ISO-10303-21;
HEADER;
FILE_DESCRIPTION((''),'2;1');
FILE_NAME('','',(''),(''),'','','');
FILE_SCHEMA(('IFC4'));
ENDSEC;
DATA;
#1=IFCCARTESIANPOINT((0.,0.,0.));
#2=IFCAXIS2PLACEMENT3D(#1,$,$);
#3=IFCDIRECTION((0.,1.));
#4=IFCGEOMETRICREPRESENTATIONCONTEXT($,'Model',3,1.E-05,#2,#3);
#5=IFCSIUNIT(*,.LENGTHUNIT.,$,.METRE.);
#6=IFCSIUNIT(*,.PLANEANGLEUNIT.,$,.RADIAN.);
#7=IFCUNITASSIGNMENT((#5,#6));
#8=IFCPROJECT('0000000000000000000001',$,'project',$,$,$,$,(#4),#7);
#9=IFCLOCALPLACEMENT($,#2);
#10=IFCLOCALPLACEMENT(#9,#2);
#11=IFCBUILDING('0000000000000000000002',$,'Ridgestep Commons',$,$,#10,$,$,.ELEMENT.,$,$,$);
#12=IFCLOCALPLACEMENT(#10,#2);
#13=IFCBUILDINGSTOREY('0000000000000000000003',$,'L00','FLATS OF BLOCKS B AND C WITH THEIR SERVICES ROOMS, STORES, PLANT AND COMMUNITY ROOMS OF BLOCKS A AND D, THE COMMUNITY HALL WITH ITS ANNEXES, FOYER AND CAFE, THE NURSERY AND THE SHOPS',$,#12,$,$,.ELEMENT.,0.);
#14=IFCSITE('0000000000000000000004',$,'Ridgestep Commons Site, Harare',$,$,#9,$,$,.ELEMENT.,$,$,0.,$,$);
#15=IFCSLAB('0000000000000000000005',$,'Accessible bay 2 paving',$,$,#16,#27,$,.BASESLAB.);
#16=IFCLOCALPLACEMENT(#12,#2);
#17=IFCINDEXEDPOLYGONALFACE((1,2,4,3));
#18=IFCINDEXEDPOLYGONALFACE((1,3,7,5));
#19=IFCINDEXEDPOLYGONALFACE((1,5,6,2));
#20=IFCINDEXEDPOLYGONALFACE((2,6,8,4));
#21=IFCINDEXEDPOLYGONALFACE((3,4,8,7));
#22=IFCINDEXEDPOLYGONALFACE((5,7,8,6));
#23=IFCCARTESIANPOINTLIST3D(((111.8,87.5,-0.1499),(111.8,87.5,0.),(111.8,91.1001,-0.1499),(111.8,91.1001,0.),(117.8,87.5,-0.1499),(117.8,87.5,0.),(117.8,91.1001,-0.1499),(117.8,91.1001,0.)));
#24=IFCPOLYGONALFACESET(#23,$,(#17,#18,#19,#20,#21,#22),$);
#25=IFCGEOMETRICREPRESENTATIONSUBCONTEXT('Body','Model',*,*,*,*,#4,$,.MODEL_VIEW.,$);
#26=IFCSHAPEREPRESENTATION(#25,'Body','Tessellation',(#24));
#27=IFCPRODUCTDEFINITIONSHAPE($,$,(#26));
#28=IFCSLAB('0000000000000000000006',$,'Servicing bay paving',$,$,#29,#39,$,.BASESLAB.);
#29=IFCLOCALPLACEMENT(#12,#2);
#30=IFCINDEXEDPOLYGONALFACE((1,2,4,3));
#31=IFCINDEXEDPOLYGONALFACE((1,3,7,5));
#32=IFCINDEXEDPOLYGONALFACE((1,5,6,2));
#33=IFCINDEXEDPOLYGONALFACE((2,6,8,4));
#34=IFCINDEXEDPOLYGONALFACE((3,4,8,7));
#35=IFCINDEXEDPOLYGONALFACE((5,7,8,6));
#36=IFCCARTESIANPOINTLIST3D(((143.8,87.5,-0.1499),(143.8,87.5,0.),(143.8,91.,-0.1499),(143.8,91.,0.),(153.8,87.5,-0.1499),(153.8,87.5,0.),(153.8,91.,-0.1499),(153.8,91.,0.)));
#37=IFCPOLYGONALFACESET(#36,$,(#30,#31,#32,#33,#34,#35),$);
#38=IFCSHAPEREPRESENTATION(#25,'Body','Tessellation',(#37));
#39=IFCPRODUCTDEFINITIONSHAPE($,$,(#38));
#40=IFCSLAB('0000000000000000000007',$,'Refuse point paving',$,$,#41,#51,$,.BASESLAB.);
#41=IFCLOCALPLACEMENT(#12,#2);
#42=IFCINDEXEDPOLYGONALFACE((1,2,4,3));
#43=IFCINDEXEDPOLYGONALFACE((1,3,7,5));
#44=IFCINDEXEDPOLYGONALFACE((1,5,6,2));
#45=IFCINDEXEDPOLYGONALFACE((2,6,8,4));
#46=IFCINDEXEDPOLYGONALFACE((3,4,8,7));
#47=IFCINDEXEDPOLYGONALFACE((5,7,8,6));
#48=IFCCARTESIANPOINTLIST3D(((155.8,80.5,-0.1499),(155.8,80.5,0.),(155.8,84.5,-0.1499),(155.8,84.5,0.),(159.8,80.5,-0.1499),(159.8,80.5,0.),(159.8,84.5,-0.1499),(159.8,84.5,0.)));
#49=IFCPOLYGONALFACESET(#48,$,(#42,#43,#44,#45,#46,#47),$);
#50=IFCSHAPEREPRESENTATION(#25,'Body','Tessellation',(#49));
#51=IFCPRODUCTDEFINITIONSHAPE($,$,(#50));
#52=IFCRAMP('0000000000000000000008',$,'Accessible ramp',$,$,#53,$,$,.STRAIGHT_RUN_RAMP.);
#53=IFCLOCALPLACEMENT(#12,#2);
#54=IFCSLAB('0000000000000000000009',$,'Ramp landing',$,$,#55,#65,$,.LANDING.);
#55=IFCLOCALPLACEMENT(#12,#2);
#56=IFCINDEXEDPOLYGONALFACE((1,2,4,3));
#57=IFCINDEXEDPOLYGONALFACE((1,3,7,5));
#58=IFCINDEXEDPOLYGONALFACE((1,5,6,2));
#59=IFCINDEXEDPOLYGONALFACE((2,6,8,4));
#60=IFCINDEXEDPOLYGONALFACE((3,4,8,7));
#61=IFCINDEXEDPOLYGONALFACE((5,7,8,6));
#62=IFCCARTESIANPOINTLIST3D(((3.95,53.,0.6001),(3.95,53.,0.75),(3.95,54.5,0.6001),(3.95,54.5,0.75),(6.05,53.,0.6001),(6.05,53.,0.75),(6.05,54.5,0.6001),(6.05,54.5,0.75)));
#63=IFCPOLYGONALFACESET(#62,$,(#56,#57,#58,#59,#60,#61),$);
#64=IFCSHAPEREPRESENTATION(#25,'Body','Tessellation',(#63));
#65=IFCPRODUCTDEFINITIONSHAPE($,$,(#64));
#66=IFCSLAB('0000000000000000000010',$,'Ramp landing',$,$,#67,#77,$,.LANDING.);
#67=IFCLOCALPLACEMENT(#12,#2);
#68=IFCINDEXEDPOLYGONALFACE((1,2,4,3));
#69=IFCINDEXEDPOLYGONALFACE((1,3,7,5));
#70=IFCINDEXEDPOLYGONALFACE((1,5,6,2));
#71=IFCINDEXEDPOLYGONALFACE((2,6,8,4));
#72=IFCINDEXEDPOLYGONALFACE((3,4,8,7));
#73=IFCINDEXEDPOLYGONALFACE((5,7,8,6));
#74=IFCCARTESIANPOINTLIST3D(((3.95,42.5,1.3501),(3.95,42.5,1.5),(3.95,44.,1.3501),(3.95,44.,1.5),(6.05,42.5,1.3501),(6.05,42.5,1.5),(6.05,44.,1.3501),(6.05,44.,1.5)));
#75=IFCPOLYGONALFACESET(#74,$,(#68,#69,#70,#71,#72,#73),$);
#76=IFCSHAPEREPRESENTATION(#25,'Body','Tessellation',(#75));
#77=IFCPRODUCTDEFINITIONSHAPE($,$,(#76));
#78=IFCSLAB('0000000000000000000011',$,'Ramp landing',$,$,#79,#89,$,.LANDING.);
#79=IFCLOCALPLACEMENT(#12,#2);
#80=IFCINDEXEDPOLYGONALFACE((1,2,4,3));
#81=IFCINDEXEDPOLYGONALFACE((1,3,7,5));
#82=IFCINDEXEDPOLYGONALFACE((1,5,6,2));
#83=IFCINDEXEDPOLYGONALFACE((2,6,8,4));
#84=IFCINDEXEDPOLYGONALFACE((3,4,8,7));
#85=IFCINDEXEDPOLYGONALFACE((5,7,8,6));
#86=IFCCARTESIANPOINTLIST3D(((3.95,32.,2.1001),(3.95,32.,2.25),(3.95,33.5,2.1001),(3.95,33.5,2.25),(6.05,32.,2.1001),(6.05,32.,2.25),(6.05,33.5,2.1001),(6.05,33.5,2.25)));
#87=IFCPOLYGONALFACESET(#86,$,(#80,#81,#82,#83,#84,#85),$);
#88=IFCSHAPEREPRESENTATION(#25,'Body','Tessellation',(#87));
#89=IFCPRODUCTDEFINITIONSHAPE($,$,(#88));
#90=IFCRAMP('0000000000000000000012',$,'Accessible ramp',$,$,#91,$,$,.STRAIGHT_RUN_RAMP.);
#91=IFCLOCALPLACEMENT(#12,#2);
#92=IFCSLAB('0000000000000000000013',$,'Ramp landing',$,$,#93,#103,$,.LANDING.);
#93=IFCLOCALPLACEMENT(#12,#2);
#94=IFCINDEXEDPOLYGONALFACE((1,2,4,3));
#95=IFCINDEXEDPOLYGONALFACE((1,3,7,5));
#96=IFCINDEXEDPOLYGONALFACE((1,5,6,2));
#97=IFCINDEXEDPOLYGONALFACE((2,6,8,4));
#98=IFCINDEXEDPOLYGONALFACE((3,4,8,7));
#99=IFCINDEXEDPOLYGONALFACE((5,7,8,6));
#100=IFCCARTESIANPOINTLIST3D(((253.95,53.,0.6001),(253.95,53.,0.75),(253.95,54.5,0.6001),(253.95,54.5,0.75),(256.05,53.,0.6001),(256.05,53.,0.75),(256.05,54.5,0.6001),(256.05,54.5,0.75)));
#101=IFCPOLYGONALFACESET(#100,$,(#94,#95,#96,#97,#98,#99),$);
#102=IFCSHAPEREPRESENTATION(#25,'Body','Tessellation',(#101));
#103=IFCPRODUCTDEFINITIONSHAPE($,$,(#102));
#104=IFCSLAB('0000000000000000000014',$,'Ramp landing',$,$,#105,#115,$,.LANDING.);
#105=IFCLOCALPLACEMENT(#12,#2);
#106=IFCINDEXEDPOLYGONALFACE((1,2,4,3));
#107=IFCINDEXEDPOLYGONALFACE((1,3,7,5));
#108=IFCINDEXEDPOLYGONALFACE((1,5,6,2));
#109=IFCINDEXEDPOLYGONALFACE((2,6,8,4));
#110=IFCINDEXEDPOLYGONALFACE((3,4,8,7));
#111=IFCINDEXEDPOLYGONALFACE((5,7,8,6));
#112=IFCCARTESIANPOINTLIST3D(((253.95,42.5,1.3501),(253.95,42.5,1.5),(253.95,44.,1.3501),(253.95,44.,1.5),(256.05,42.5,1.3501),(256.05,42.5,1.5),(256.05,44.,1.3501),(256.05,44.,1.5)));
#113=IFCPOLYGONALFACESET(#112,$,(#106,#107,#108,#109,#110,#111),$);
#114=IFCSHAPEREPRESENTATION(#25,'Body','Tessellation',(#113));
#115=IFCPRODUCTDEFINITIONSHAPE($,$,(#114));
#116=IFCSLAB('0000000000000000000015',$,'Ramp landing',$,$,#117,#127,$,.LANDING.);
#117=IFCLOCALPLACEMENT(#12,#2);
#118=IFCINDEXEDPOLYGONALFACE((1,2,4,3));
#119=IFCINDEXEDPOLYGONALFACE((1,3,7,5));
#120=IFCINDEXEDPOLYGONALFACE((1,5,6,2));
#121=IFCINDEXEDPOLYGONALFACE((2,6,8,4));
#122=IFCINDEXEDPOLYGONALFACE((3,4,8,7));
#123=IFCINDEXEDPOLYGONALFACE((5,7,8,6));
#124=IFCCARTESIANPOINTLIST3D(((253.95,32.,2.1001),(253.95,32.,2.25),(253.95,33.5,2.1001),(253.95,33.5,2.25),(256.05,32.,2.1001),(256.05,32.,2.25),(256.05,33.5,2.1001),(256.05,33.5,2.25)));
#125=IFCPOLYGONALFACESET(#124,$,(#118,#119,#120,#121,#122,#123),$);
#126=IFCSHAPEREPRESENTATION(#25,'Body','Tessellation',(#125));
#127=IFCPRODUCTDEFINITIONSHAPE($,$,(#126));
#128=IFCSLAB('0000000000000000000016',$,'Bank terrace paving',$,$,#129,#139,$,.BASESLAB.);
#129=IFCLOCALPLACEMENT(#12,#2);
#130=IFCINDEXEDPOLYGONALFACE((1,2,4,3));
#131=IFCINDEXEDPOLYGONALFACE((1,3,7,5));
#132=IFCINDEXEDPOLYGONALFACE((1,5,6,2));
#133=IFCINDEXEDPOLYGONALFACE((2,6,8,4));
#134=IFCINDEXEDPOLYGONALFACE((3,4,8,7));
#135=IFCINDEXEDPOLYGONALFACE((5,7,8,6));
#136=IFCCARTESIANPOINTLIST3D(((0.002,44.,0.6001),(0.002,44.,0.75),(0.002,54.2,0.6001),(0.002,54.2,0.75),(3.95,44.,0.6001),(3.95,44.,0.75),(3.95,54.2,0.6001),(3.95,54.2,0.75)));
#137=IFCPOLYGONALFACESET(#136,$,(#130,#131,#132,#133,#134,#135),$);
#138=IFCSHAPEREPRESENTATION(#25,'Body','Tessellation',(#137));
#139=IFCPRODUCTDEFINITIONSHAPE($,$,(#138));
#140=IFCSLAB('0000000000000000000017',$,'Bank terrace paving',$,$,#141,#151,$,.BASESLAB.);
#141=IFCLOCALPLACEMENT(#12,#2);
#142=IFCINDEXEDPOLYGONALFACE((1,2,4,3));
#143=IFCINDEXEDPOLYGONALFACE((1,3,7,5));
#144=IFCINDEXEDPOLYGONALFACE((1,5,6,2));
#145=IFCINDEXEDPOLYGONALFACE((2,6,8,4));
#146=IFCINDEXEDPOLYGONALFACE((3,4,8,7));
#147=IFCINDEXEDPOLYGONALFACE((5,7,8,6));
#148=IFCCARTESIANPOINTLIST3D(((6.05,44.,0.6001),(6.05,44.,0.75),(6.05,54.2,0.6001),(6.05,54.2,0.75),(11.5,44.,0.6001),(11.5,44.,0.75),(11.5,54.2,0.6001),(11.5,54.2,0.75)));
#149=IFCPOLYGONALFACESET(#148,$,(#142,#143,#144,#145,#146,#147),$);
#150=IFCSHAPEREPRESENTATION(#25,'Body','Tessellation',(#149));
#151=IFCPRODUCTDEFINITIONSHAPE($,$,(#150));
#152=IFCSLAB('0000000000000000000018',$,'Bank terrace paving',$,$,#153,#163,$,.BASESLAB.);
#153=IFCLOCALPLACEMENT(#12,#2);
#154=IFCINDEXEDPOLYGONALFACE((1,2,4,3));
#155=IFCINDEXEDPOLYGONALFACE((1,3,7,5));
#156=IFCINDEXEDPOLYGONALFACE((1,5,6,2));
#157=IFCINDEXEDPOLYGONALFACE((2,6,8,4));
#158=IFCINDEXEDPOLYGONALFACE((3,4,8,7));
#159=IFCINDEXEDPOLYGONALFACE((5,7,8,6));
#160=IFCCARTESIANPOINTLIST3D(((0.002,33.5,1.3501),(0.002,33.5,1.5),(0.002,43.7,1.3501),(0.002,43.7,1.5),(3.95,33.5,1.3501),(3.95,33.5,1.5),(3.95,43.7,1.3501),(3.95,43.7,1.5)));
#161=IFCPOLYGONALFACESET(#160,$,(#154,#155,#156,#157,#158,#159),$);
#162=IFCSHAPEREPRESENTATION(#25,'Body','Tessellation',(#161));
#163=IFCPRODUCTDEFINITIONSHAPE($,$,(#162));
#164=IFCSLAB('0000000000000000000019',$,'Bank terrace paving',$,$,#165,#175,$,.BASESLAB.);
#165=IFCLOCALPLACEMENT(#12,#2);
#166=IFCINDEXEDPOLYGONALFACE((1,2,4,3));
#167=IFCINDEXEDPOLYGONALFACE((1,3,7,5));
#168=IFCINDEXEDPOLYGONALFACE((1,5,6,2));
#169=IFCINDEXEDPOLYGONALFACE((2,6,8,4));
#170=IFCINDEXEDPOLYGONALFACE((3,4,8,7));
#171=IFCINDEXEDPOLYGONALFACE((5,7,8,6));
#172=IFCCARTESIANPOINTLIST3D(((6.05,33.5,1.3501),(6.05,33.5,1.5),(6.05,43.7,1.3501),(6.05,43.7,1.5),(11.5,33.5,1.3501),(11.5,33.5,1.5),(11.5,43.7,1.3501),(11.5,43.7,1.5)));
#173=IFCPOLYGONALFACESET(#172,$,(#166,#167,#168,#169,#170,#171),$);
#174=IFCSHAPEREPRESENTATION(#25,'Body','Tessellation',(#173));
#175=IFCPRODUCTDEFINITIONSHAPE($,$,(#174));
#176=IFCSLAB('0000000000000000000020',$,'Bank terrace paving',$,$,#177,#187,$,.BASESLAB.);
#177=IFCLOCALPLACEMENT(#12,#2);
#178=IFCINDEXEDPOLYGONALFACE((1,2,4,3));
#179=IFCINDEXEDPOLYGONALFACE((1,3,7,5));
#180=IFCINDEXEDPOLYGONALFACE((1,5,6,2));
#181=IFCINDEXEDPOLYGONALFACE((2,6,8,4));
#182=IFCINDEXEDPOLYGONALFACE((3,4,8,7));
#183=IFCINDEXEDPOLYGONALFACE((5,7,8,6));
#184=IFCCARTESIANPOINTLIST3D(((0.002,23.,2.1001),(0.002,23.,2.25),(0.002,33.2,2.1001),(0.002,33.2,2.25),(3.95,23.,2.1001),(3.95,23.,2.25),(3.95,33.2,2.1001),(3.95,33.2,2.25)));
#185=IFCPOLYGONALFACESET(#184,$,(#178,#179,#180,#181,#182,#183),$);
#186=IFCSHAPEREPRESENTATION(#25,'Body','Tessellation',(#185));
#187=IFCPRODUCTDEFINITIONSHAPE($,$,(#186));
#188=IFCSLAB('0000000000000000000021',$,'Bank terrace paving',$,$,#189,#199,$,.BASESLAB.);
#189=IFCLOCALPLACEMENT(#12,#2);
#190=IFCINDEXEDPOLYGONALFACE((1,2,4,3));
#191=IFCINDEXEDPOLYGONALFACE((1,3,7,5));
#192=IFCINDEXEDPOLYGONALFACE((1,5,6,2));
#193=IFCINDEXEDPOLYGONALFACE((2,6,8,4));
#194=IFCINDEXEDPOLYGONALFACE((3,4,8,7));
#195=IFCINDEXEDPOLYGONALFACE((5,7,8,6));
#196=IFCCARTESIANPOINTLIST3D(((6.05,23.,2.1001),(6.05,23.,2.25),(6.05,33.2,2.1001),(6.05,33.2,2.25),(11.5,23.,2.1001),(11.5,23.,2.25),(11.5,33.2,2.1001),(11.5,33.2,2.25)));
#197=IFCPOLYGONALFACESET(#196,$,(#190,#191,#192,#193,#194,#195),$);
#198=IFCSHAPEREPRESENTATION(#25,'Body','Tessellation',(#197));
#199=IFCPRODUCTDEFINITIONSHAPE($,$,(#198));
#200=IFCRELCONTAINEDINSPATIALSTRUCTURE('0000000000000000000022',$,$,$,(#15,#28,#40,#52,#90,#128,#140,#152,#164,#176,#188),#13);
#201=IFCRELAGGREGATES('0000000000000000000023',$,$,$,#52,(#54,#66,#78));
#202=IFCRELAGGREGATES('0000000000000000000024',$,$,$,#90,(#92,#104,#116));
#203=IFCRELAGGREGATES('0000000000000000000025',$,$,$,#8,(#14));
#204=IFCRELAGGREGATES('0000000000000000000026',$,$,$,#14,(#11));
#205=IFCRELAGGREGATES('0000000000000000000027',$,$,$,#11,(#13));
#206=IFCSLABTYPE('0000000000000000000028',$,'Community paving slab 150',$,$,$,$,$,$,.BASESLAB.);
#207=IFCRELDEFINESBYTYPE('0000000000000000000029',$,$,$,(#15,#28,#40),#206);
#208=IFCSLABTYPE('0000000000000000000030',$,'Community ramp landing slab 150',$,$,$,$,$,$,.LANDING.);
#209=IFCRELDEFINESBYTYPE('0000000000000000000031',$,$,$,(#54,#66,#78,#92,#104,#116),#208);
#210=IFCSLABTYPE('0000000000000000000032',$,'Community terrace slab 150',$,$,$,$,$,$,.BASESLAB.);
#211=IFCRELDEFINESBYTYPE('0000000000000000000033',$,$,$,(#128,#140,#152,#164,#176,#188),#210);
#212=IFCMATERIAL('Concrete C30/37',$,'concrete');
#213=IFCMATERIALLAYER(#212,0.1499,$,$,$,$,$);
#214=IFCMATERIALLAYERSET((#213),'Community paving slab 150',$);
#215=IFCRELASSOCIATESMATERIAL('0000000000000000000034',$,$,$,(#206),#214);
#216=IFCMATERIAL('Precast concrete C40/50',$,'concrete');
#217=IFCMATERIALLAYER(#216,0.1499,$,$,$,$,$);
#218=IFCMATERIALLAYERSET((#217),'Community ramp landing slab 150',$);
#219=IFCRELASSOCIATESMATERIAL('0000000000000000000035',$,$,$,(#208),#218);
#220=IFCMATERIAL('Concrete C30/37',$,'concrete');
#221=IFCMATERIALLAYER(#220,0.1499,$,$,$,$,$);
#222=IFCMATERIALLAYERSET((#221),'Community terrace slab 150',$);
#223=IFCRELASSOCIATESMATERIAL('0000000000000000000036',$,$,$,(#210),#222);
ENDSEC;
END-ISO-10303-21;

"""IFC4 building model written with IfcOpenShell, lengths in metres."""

from ifc_helpers import new_model, si_unit, direction, frame, origin, place, context, subcontext, project, spatial, polyline, outline, extrude, material, layer, layer_set, type_object, element, aggregate, save


model = new_model("IFC4")

# Units and contexts
model_context = context("Model", 3, precision=1e-05, world=origin(), true_north=direction((0.0, 1.0)))
body_context = subcontext(model_context, "Body", "Model", "MODEL_VIEW")
ifc_project = project(units=[si_unit("LENGTHUNIT", "METRE"), si_unit("PLANEANGLEUNIT", "RADIAN")], contexts=[model_context])

# Site, building, storey
site_placement = place(None, origin())
site = spatial("IfcSite", under=ifc_project, at=site_placement, Name="Ridgestep Commons Site, Harare", CompositionType="ELEMENT", RefElevation=0.0)
building_placement = place(site_placement, origin())
building = spatial("IfcBuilding", under=site, at=building_placement, Name="Ridgestep Commons", CompositionType="ELEMENT")
storey_placement = place(building_placement, origin())
storey = spatial("IfcBuildingStorey", under=building, at=storey_placement, Name="L00", Description="FLATS OF BLOCKS B AND C WITH THEIR SERVICES ROOMS, STORES, PLANT AND COMMUNITY ROOMS OF BLOCKS A AND D, THE COMMUNITY HALL WITH ITS ANNEXES, FOYER AND CAFE, THE NURSERY AND THE SHOPS", CompositionType="ELEMENT", Elevation=0.0)

# Slabs
ifc_material_1 = material(Name="Concrete C30/37", Category="concrete")
ifc_layer_1 = layer(ifc_material_1, 0.1499)
ifc_layer_set_1 = layer_set([ifc_layer_1], Name="Community paving slab 150")
slab_type_1 = type_object("IfcSlabType", Name="Community paving slab 150", PredefinedType="BASESLAB", material=ifc_layer_set_1)
slab_1_placement = place(storey_placement, frame((0.0, 0.0, -0.1499)))
element("IfcSlab", 1, at=slab_1_placement, inside=storey, type_object=slab_type_1, Name="Accessible bay 2 paving", PredefinedType="BASESLAB", context=body_context, shape_type="SweptSolid", body=[
    extrude(outline(polyline([(111.8, 87.5), (117.8, 87.5), (117.8, 91.1001), (111.8, 91.1001), (111.8, 87.5)])), origin(), (0.0, 0.0, 1.0), 0.1499),
])
slab_2_placement = place(storey_placement, frame((0.0, 0.0, -0.1499)))
element("IfcSlab", 2, at=slab_2_placement, inside=storey, type_object=slab_type_1, Name="Servicing bay paving", PredefinedType="BASESLAB", context=body_context, shape_type="SweptSolid", body=[
    extrude(outline(polyline([(143.8, 87.5), (153.8, 87.5), (153.8, 91.0), (143.8, 91.0), (143.8, 87.5)])), origin(), (0.0, 0.0, 1.0), 0.1499),
])
slab_3_placement = place(storey_placement, frame((0.0, 0.0, -0.1499)))
element("IfcSlab", 3, at=slab_3_placement, inside=storey, type_object=slab_type_1, Name="Refuse point paving", PredefinedType="BASESLAB", context=body_context, shape_type="SweptSolid", body=[
    extrude(outline(polyline([(155.8, 80.5), (159.8, 80.5), (159.8, 84.5), (155.8, 84.5), (155.8, 80.5)])), origin(), (0.0, 0.0, 1.0), 0.1499),
])

# Ramps, slabs
ramp_1_placement = place(storey_placement, origin())
ramp_1 = element("IfcRamp", 4, at=ramp_1_placement, inside=storey, Name="Accessible ramp", PredefinedType="STRAIGHT_RUN_RAMP")
ifc_material_2 = material(Name="Precast concrete C40/50", Category="concrete")
ifc_layer_2 = layer(ifc_material_2, 0.1499)
ifc_layer_set_2 = layer_set([ifc_layer_2], Name="Community ramp landing slab 150")
slab_type_2 = type_object("IfcSlabType", Name="Community ramp landing slab 150", PredefinedType="LANDING", material=ifc_layer_set_2)
slab_4_placement = place(storey_placement, frame((0.0, 0.0, 0.6001)))
slab_4 = element("IfcSlab", 5, at=slab_4_placement, type_object=slab_type_2, Name="Ramp landing", PredefinedType="LANDING", context=body_context, shape_type="SweptSolid", body=[
    extrude(outline(polyline([(3.95, 53.0), (6.05, 53.0), (6.05, 54.5), (3.95, 54.5), (3.95, 53.0)])), origin(), (0.0, 0.0, 1.0), 0.1499),
])
slab_5_placement = place(storey_placement, frame((0.0, 0.0, 1.3501)))
slab_5 = element("IfcSlab", 6, at=slab_5_placement, type_object=slab_type_2, Name="Ramp landing", PredefinedType="LANDING", context=body_context, shape_type="SweptSolid", body=[
    extrude(outline(polyline([(3.95, 42.5), (6.05, 42.5), (6.05, 44.0), (3.95, 44.0), (3.95, 42.5)])), origin(), (0.0, 0.0, 1.0), 0.1499),
])
slab_6_placement = place(storey_placement, frame((0.0, 0.0, 2.1001)))
slab_6 = element("IfcSlab", 7, at=slab_6_placement, type_object=slab_type_2, Name="Ramp landing", PredefinedType="LANDING", context=body_context, shape_type="SweptSolid", body=[
    extrude(outline(polyline([(3.95, 32.0), (6.05, 32.0), (6.05, 33.5), (3.95, 33.5), (3.95, 32.0)])), origin(), (0.0, 0.0, 1.0), 0.1499),
])
aggregate(ramp_1, [slab_4, slab_5, slab_6])
ramp_2_placement = place(storey_placement, origin())
ramp_2 = element("IfcRamp", 8, at=ramp_2_placement, inside=storey, Name="Accessible ramp", PredefinedType="STRAIGHT_RUN_RAMP")
slab_7_placement = place(storey_placement, frame((0.0, 0.0, 0.6001)))
slab_7 = element("IfcSlab", 9, at=slab_7_placement, type_object=slab_type_2, Name="Ramp landing", PredefinedType="LANDING", context=body_context, shape_type="SweptSolid", body=[
    extrude(outline(polyline([(253.95, 53.0), (256.05, 53.0), (256.05, 54.5), (253.95, 54.5), (253.95, 53.0)])), origin(), (0.0, 0.0, 1.0), 0.1499),
])
slab_8_placement = place(storey_placement, frame((0.0, 0.0, 1.3501)))
slab_8 = element("IfcSlab", 10, at=slab_8_placement, type_object=slab_type_2, Name="Ramp landing", PredefinedType="LANDING", context=body_context, shape_type="SweptSolid", body=[
    extrude(outline(polyline([(253.95, 42.5), (256.05, 42.5), (256.05, 44.0), (253.95, 44.0), (253.95, 42.5)])), origin(), (0.0, 0.0, 1.0), 0.1499),
])
slab_9_placement = place(storey_placement, frame((0.0, 0.0, 2.1001)))
slab_9 = element("IfcSlab", 11, at=slab_9_placement, type_object=slab_type_2, Name="Ramp landing", PredefinedType="LANDING", context=body_context, shape_type="SweptSolid", body=[
    extrude(outline(polyline([(253.95, 32.0), (256.05, 32.0), (256.05, 33.5), (253.95, 33.5), (253.95, 32.0)])), origin(), (0.0, 0.0, 1.0), 0.1499),
])
aggregate(ramp_2, [slab_7, slab_8, slab_9])

# Slabs
ifc_material_3 = material(Name="Concrete C30/37", Category="concrete")
ifc_layer_3 = layer(ifc_material_3, 0.1499)
ifc_layer_set_3 = layer_set([ifc_layer_3], Name="Community terrace slab 150")
slab_type_3 = type_object("IfcSlabType", Name="Community terrace slab 150", PredefinedType="BASESLAB", material=ifc_layer_set_3)
slab_10_placement = place(storey_placement, frame((0.0, 0.0, 0.6001)))
element("IfcSlab", 12, at=slab_10_placement, inside=storey, type_object=slab_type_3, Name="Bank terrace paving", PredefinedType="BASESLAB", context=body_context, shape_type="SweptSolid", body=[
    extrude(outline(polyline([(0.002, 44.0), (3.95, 44.0), (3.95, 54.2), (0.002, 54.2), (0.002, 44.0)])), origin(), (0.0, 0.0, 1.0), 0.1499),
])
slab_11_placement = place(storey_placement, frame((0.0, 0.0, 0.6001)))
element("IfcSlab", 13, at=slab_11_placement, inside=storey, type_object=slab_type_3, Name="Bank terrace paving", PredefinedType="BASESLAB", context=body_context, shape_type="SweptSolid", body=[
    extrude(outline(polyline([(6.05, 44.0), (11.5, 44.0), (11.5, 54.2), (6.05, 54.2), (6.05, 44.0)])), origin(), (0.0, 0.0, 1.0), 0.1499),
])
slab_12_placement = place(storey_placement, frame((0.0, 0.0, 1.3501)))
element("IfcSlab", 14, at=slab_12_placement, inside=storey, type_object=slab_type_3, Name="Bank terrace paving", PredefinedType="BASESLAB", context=body_context, shape_type="SweptSolid", body=[
    extrude(outline(polyline([(0.002, 33.5), (3.95, 33.5), (3.95, 43.7), (0.002, 43.7), (0.002, 33.5)])), origin(), (0.0, 0.0, 1.0), 0.1499),
])
slab_13_placement = place(storey_placement, frame((0.0, 0.0, 1.3501)))
element("IfcSlab", 15, at=slab_13_placement, inside=storey, type_object=slab_type_3, Name="Bank terrace paving", PredefinedType="BASESLAB", context=body_context, shape_type="SweptSolid", body=[
    extrude(outline(polyline([(6.05, 33.5), (11.5, 33.5), (11.5, 43.7), (6.05, 43.7), (6.05, 33.5)])), origin(), (0.0, 0.0, 1.0), 0.1499),
])
slab_14_placement = place(storey_placement, frame((0.0, 0.0, 2.1001)))
element("IfcSlab", 16, at=slab_14_placement, inside=storey, type_object=slab_type_3, Name="Bank terrace paving", PredefinedType="BASESLAB", context=body_context, shape_type="SweptSolid", body=[
    extrude(outline(polyline([(0.002, 23.0), (3.95, 23.0), (3.95, 33.2), (0.002, 33.2), (0.002, 23.0)])), origin(), (0.0, 0.0, 1.0), 0.1499),
])
slab_15_placement = place(storey_placement, frame((0.0, 0.0, 2.1001)))
element("IfcSlab", 17, at=slab_15_placement, inside=storey, type_object=slab_type_3, Name="Bank terrace paving", PredefinedType="BASESLAB", context=body_context, shape_type="SweptSolid", body=[
    extrude(outline(polyline([(6.05, 23.0), (11.5, 23.0), (11.5, 33.2), (6.05, 33.2), (6.05, 23.0)])), origin(), (0.0, 0.0, 1.0), 0.1499),
])

save(model, "model.ifc")
